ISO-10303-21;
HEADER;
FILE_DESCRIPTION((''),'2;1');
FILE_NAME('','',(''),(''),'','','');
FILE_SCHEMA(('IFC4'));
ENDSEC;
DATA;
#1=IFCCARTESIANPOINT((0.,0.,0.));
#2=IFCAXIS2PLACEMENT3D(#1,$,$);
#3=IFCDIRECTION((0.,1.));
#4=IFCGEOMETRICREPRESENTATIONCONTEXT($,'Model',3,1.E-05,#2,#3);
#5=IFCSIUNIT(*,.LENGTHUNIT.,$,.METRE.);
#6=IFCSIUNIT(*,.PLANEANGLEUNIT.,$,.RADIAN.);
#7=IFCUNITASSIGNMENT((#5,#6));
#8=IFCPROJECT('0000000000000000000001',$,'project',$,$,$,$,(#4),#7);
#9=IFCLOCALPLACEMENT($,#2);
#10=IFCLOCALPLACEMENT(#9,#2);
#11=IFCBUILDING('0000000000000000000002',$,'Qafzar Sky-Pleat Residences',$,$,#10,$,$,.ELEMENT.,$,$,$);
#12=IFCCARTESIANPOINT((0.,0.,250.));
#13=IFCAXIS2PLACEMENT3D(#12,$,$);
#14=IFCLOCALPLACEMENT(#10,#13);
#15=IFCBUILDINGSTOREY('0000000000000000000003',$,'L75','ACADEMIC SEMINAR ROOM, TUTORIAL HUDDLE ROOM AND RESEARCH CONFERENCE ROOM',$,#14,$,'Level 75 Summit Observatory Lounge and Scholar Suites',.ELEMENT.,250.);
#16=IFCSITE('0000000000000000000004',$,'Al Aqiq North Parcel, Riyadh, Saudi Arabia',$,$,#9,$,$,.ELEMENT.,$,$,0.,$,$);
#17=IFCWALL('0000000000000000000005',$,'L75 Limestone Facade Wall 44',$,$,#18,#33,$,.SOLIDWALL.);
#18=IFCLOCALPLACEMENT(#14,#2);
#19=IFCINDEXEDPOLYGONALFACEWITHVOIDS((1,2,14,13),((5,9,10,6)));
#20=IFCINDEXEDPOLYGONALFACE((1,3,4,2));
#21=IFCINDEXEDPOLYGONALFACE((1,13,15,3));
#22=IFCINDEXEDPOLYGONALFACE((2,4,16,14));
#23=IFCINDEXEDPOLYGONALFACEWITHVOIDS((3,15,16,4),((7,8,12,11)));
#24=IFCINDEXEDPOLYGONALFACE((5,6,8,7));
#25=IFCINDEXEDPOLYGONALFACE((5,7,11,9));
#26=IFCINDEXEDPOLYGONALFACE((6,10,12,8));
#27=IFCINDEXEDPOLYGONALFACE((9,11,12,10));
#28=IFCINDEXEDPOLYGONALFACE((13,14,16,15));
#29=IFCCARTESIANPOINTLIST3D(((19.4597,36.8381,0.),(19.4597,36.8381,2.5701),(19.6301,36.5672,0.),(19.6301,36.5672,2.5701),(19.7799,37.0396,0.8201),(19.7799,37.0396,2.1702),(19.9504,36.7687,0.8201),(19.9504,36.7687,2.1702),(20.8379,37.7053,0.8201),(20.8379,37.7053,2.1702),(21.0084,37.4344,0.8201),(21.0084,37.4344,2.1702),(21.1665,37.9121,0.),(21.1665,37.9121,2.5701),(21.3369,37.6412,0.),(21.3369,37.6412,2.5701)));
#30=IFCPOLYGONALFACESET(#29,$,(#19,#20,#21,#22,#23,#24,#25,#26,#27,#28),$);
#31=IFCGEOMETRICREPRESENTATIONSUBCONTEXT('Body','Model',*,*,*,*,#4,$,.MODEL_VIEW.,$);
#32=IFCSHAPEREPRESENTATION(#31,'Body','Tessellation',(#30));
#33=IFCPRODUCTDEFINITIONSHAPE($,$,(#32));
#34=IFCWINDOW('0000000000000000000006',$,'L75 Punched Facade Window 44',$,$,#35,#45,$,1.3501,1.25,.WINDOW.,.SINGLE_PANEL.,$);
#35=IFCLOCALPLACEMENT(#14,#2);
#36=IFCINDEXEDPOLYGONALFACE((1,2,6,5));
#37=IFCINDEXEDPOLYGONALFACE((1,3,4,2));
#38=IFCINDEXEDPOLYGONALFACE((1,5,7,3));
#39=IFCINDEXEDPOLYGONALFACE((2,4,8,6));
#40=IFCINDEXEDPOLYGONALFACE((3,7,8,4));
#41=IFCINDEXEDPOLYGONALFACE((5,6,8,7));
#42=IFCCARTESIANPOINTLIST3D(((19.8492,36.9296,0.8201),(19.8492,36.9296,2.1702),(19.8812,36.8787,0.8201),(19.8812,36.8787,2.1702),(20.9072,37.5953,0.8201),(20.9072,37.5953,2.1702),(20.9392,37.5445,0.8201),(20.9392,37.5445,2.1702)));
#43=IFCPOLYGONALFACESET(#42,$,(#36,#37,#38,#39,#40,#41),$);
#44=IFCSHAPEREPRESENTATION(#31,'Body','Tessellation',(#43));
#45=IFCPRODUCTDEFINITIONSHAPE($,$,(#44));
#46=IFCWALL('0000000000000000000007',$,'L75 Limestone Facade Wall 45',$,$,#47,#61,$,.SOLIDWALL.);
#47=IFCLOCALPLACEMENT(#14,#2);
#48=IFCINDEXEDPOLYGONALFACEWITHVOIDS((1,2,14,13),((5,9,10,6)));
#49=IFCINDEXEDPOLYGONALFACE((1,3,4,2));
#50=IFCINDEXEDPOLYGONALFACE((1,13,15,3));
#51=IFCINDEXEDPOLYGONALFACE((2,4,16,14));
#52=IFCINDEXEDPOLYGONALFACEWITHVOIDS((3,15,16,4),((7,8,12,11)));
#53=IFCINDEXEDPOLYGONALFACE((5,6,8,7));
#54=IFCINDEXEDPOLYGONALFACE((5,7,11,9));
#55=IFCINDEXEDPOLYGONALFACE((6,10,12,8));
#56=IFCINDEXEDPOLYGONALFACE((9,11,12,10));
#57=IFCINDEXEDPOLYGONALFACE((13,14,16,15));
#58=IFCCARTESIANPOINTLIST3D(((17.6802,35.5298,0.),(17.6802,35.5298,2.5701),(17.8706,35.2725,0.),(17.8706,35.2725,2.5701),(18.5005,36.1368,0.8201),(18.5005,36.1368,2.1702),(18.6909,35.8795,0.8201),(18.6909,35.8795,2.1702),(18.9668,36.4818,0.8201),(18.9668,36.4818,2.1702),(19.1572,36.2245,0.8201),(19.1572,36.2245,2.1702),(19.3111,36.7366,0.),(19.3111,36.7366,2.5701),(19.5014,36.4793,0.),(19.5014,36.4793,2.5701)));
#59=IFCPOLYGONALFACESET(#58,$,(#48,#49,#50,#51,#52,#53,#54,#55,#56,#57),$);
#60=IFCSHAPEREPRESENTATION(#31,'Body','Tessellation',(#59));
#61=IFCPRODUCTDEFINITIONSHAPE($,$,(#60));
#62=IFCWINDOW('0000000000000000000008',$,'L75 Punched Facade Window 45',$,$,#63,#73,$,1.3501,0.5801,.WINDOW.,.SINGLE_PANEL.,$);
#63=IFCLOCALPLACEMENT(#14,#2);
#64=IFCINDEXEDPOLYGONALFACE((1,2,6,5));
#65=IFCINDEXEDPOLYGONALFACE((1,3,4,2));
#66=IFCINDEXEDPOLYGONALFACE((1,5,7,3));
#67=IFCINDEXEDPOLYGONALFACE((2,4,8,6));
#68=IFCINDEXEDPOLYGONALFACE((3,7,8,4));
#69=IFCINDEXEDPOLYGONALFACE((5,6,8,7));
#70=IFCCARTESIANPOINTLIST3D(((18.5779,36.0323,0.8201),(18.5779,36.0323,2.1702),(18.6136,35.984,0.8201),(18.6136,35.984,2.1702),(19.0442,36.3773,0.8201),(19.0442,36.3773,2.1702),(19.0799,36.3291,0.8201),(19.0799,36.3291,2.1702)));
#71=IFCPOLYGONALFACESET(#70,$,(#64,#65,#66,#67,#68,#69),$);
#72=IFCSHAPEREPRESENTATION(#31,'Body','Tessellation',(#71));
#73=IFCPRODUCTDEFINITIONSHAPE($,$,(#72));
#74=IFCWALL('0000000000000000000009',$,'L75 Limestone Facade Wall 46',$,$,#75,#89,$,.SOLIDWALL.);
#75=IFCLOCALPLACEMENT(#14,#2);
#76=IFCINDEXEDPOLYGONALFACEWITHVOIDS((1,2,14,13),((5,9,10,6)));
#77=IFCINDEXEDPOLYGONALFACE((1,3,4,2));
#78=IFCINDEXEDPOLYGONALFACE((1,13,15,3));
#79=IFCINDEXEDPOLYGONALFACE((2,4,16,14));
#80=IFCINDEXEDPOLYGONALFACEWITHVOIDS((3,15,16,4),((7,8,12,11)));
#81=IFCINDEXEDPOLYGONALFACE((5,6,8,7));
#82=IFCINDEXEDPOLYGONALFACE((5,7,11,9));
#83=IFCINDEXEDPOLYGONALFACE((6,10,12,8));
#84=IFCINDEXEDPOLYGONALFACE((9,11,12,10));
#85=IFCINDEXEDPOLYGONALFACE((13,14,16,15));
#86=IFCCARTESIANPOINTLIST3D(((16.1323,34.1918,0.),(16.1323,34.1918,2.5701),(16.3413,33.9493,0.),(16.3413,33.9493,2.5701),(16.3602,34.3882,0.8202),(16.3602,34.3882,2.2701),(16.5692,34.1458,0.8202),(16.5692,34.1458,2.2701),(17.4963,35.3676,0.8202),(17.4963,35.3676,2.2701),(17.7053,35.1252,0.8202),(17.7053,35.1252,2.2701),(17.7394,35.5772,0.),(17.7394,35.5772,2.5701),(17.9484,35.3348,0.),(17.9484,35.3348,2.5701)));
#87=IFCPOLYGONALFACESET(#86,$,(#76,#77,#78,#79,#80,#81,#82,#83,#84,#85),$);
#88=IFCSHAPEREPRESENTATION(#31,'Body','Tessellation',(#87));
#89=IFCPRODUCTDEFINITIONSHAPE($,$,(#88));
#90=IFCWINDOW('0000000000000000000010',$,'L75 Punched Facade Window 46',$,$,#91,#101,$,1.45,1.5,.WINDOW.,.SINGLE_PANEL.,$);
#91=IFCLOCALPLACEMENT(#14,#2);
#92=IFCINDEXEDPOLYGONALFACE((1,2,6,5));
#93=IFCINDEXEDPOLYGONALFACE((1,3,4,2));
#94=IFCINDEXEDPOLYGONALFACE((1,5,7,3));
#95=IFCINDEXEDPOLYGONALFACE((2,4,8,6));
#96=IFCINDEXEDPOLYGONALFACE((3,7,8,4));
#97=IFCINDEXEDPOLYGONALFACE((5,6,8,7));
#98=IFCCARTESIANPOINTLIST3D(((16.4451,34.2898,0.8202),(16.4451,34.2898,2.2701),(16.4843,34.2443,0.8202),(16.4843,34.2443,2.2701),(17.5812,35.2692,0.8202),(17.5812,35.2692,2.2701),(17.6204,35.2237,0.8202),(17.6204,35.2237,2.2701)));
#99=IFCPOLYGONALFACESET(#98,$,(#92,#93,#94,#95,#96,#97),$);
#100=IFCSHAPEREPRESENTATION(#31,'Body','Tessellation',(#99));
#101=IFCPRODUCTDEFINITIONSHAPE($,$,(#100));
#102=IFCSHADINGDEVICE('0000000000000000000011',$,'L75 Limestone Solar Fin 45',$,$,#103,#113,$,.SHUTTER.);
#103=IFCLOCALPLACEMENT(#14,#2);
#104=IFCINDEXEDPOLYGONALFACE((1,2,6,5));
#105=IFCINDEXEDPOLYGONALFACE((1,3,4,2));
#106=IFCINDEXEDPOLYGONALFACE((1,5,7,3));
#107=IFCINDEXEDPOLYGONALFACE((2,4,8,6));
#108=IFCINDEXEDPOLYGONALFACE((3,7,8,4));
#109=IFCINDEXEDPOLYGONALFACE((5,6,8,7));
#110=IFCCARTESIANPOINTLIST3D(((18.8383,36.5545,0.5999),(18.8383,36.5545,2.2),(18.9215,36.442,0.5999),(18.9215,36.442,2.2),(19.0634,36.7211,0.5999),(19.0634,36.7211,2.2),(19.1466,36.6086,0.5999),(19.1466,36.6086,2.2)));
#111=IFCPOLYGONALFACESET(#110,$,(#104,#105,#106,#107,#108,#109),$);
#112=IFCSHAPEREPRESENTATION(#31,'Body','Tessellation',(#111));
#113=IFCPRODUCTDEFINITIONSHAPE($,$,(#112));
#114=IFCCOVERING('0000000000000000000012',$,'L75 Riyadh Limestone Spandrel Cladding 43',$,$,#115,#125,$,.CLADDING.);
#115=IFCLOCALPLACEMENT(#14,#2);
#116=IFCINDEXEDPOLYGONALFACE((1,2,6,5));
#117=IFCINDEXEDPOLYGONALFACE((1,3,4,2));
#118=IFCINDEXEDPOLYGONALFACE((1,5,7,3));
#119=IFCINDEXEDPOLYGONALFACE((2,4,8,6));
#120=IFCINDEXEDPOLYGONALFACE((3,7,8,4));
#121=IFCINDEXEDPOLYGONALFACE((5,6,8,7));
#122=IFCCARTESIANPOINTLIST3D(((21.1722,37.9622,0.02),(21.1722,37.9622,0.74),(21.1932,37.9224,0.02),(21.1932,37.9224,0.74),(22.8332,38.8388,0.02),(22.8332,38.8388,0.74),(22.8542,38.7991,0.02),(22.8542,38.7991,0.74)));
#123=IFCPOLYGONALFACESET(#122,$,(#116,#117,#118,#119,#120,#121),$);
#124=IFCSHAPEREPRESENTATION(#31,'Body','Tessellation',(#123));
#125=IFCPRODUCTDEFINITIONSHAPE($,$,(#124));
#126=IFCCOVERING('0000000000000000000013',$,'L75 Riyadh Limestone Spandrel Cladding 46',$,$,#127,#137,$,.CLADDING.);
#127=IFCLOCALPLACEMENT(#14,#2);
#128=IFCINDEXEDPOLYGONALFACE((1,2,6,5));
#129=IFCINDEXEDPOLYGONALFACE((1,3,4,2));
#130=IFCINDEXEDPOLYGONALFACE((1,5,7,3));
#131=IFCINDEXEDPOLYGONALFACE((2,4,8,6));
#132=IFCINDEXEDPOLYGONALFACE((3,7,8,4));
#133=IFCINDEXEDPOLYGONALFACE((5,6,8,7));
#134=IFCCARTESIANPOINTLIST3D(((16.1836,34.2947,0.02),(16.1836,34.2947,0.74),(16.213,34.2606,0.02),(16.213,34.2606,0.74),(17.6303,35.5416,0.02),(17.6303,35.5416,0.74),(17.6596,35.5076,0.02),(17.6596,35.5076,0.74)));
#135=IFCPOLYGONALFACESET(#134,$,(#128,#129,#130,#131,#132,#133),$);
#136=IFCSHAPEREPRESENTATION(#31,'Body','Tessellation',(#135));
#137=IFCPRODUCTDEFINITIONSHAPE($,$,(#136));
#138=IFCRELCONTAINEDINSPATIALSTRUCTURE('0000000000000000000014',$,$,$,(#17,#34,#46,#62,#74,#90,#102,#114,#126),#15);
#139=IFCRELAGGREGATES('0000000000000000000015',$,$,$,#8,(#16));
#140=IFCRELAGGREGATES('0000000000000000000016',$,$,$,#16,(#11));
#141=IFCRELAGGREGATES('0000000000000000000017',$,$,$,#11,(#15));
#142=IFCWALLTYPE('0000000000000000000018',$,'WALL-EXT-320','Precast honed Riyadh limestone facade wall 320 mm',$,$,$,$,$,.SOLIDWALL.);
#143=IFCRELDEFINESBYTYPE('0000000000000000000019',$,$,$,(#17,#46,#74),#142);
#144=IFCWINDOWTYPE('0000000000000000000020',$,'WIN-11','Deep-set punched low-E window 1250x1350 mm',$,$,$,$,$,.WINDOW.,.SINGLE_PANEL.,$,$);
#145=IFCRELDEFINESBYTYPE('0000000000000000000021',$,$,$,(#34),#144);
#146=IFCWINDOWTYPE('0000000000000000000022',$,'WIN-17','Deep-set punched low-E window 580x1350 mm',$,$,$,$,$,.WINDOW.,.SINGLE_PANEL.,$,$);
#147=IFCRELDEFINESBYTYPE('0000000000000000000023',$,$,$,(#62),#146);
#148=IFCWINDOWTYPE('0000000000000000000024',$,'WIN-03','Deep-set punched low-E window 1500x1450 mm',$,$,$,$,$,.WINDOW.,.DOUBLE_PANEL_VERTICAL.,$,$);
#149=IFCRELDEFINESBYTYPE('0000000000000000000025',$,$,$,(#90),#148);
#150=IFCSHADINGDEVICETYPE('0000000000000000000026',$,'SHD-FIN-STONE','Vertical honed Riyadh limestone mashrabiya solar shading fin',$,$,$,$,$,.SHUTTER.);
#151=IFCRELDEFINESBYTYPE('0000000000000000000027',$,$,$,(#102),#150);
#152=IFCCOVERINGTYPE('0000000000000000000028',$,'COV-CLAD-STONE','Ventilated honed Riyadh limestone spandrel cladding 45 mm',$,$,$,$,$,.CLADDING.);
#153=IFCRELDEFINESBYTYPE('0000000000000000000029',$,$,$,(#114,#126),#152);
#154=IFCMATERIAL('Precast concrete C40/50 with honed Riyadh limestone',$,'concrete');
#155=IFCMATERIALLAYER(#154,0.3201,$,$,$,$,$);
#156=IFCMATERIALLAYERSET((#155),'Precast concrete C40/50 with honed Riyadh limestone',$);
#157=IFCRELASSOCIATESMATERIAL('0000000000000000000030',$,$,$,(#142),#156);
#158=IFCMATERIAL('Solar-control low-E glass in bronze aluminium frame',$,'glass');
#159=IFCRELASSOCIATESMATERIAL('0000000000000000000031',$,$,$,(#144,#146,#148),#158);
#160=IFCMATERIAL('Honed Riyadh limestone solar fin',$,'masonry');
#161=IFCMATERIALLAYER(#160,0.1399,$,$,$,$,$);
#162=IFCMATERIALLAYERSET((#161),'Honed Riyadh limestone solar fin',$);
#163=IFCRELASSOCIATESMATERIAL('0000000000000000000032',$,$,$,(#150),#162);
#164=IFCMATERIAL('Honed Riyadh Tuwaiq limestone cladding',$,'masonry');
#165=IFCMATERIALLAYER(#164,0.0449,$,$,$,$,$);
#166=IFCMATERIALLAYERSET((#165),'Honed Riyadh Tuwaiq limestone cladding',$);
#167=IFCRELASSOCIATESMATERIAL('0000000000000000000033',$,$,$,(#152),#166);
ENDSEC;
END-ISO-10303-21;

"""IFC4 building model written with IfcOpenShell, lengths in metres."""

from ifc_helpers import new_model, si_unit, direction, frame, frame_2d, origin, origin_2d, place, context, subcontext, project, spatial, rectangle, extrude, source, transform, mapped, material, layer, layer_set, type_object, element, fill, save


model = new_model("IFC4")

# Units and contexts
model_context = context("Model", 3, precision=1e-05, world=origin(), true_north=direction((0.0, 1.0)))
body_context = subcontext(model_context, "Body", "Model", "MODEL_VIEW")
ifc_project = project(units=[si_unit("LENGTHUNIT", "METRE"), si_unit("PLANEANGLEUNIT", "RADIAN")], contexts=[model_context])

# Site, building, storey
site_placement = place(None, origin())
site = spatial("IfcSite", under=ifc_project, at=site_placement, Name="Al Aqiq North Parcel, Riyadh, Saudi Arabia", CompositionType="ELEMENT", RefElevation=0.0)
building_placement = place(site_placement, origin())
building = spatial("IfcBuilding", under=site, at=building_placement, Name="Qafzar Sky-Pleat Residences", CompositionType="ELEMENT")
storey_placement = place(building_placement, frame((0.0, 0.0, 250.0)))
storey = spatial("IfcBuildingStorey", under=building, at=storey_placement, Name="L75", Description="ACADEMIC SEMINAR ROOM, TUTORIAL HUDDLE ROOM AND RESEARCH CONFERENCE ROOM", LongName="Level 75 Summit Observatory Lounge and Scholar Suites", CompositionType="ELEMENT", Elevation=250.0)

# Walls, openings, windows
ifc_material_1 = material(Name="Precast concrete C40/50 with honed Riyadh limestone", Category="concrete")
ifc_layer_1 = layer(ifc_material_1, 0.3201)
ifc_layer_set_1 = layer_set([ifc_layer_1], Name="Precast concrete C40/50 with honed Riyadh limestone")
wall_type_1 = type_object("IfcWallType", Name="WALL-EXT-320", Description="Precast honed Riyadh limestone facade wall 320 mm", PredefinedType="SOLIDWALL", material=ifc_layer_set_1)
wall_1_placement = place(storey_placement, frame((21.2517, 37.7766, 0.0), z_axis=(0.0, 0.0, 1.0), x_axis=(-0.846382, -0.532576, 0.0)))
wall_1 = element("IfcWall", 1, at=wall_1_placement, inside=storey, type_object=wall_type_1, Name="L75 Limestone Facade Wall 44", PredefinedType="SOLIDWALL", context=body_context, shape_type="SweptSolid", body=[
    extrude(rectangle(XDim=2.0166, YDim=0.3201, at=frame_2d((1.0083, 0.0))), origin(), (0.0, 0.0, 1.0), 2.5701),
])
opening_1_placement = place(wall_1_placement, frame((0.3882, 0.0, 0.8201)))
opening_1 = element("IfcOpeningElement", 2, at=opening_1_placement, cuts=wall_1, PredefinedType="OPENING", context=body_context, shape_type="SweptSolid", body=[
    extrude(rectangle(XDim=1.25, YDim=1.3501, at=frame_2d((0.625, 0.675))), frame((0.0, 0.1699, 0.0), z_axis=(0.0, -1.0, 0.0), x_axis=(1.0, 0.0, 0.0)), (0.0, 0.0, 1.0), 0.3401),
])
ifc_material_2 = material(Name="Solar-control low-E glass in bronze aluminium frame", Category="glass")
window_type_1 = type_object("IfcWindowType", Name="WIN-11", Description="Deep-set punched low-E window 1250x1350 mm", PartitioningType="SINGLE_PANEL", PredefinedType="WINDOW", material=ifc_material_2)
shared_shape_1 = source(origin(), body_context, "Body", "SweptSolid", [
    extrude(rectangle(XDim=1.25, YDim=1.3501, at=frame_2d((0.625, 0.675))), frame((0.0, 0.03, 0.0), z_axis=(0.0, -1.0, 0.0), x_axis=(1.0, 0.0, 0.0)), (0.0, 0.0, 1.0), 0.0601),
])
window_1_placement = place(opening_1_placement, origin())
window_1 = element("IfcWindow", 3, at=window_1_placement, inside=storey, type_object=window_type_1, Name="L75 Punched Facade Window 44", OverallHeight=1.3501, OverallWidth=1.25, PartitioningType="SINGLE_PANEL", PredefinedType="WINDOW", context=body_context, shape_type="MappedRepresentation", body=[
    mapped(shared_shape_1, transform((0.0, 0.0, 0.0), x_axis=(1.0, 0.0, 0.0), y_axis=(0.0, 1.0, 0.0), z_axis=(0.0, 0.0, 1.0), scale=1.0)),
])
fill(opening_1, window_1)
wall_2_placement = place(storey_placement, frame((19.4062, 36.6079, 0.0), z_axis=(0.0, 0.0, 1.0), x_axis=(-0.803853, -0.594827, 0.0)))
wall_2 = element("IfcWall", 4, at=wall_2_placement, inside=storey, type_object=wall_type_1, Name="L75 Limestone Facade Wall 45", PredefinedType="SOLIDWALL", context=body_context, shape_type="SweptSolid", body=[
    extrude(rectangle(XDim=2.0288, YDim=0.3201, at=frame_2d((1.0144, 0.0))), origin(), (0.0, 0.0, 1.0), 2.5701),
])
opening_2_placement = place(wall_2_placement, frame((0.4282, 0.0, 0.8201)))
opening_2 = element("IfcOpeningElement", 5, at=opening_2_placement, cuts=wall_2, PredefinedType="OPENING", context=body_context, shape_type="SweptSolid", body=[
    extrude(rectangle(XDim=0.5801, YDim=1.3501, at=frame_2d((0.29, 0.675))), frame((0.0, 0.1699, 0.0), z_axis=(0.0, -1.0, 0.0), x_axis=(1.0, 0.0, 0.0)), (0.0, 0.0, 1.0), 0.3401),
])
window_type_2 = type_object("IfcWindowType", Name="WIN-17", Description="Deep-set punched low-E window 580x1350 mm", PartitioningType="SINGLE_PANEL", PredefinedType="WINDOW", material=ifc_material_2)
shared_shape_2 = source(origin(), body_context, "Body", "SweptSolid", [
    extrude(rectangle(XDim=0.5801, YDim=1.3501, at=frame_2d((0.29, 0.675))), frame((0.0, 0.03, 0.0), z_axis=(0.0, -1.0, 0.0), x_axis=(1.0, 0.0, 0.0)), (0.0, 0.0, 1.0), 0.0601),
])
window_2_placement = place(opening_2_placement, origin())
window_2 = element("IfcWindow", 6, at=window_2_placement, inside=storey, type_object=window_type_2, Name="L75 Punched Facade Window 45", OverallHeight=1.3501, OverallWidth=0.5801, PartitioningType="SINGLE_PANEL", PredefinedType="WINDOW", context=body_context, shape_type="MappedRepresentation", body=[
    mapped(shared_shape_2, transform((0.0, 0.0, 0.0), x_axis=(1.0, 0.0, 0.0), y_axis=(0.0, 1.0, 0.0), z_axis=(0.0, 0.0, 1.0), scale=1.0)),
])
fill(opening_2, window_2)
wall_3_placement = place(storey_placement, frame((17.844, 35.4561, 0.0), z_axis=(0.0, 0.0, 1.0), x_axis=(-0.75741, -0.65294, 0.0)))
wall_3 = element("IfcWall", 7, at=wall_3_placement, inside=storey, type_object=wall_type_1, Name="L75 Limestone Facade Wall 46", PredefinedType="SOLIDWALL", context=body_context, shape_type="SweptSolid", body=[
    extrude(rectangle(XDim=2.1218, YDim=0.3201, at=frame_2d((1.061, 0.0))), origin(), (0.0, 0.0, 1.0), 2.5701),
])
opening_3_placement = place(wall_3_placement, frame((0.321, 0.0, 0.8201)))
opening_3 = element("IfcOpeningElement", 8, at=opening_3_placement, cuts=wall_3, PredefinedType="OPENING", context=body_context, shape_type="SweptSolid", body=[
    extrude(rectangle(XDim=1.5, YDim=1.45, at=frame_2d((0.75, 0.7251))), frame((0.0, 0.1699, 0.0), z_axis=(0.0, -1.0, 0.0), x_axis=(1.0, 0.0, 0.0)), (0.0, 0.0, 1.0), 0.3401),
])
window_type_3 = type_object("IfcWindowType", Name="WIN-03", Description="Deep-set punched low-E window 1500x1450 mm", PartitioningType="DOUBLE_PANEL_VERTICAL", PredefinedType="WINDOW", material=ifc_material_2)
shared_shape_3 = source(origin(), body_context, "Body", "SweptSolid", [
    extrude(rectangle(XDim=1.5, YDim=1.45, at=frame_2d((0.75, 0.7251))), frame((0.0, 0.03, 0.0), z_axis=(0.0, -1.0, 0.0), x_axis=(1.0, 0.0, 0.0)), (0.0, 0.0, 1.0), 0.0601),
])
window_3_placement = place(opening_3_placement, origin())
window_3 = element("IfcWindow", 9, at=window_3_placement, inside=storey, type_object=window_type_3, Name="L75 Punched Facade Window 46", OverallHeight=1.45, OverallWidth=1.5, PartitioningType="SINGLE_PANEL", PredefinedType="WINDOW", context=body_context, shape_type="MappedRepresentation", body=[
    mapped(shared_shape_3, transform((0.0, 0.0, 0.0), x_axis=(1.0, 0.0, 0.0), y_axis=(0.0, 1.0, 0.0), z_axis=(0.0, 0.0, 1.0), scale=1.0)),
])
fill(opening_3, window_3)

# Shading device
ifc_material_3 = material(Name="Honed Riyadh limestone solar fin", Category="masonry")
ifc_layer_2 = layer(ifc_material_3, 0.1399)
ifc_layer_set_2 = layer_set([ifc_layer_2], Name="Honed Riyadh limestone solar fin")
shading_device_type = type_object("IfcShadingDeviceType", Name="SHD-FIN-STONE", Description="Vertical honed Riyadh limestone mashrabiya solar shading fin", PredefinedType="SHUTTER", material=ifc_layer_set_2)
shared_shape_4 = source(origin(), body_context, "Body", "SweptSolid", [
    extrude(rectangle(XDim=0.1399, YDim=0.28, at=origin_2d()), origin(), (0.0, 0.0, 1.0), 1.6001),
])
shading_device_placement = place(storey_placement, frame((18.9924, 36.5815, 0.5999), z_axis=(0.0, 0.0, 1.0), x_axis=(-0.594859, 0.80383, 0.0)))
element("IfcShadingDevice", 10, at=shading_device_placement, inside=storey, type_object=shading_device_type, Name="L75 Limestone Solar Fin 45", PredefinedType="SHUTTER", context=body_context, shape_type="MappedRepresentation", body=[
    mapped(shared_shape_4, transform((0.0, 0.0, 0.0), x_axis=(1.0, 0.0, 0.0), y_axis=(0.0, 1.0, 0.0), z_axis=(0.0, 0.0, 1.0), scale=1.0)),
])

# Coverings
ifc_material_4 = material(Name="Honed Riyadh Tuwaiq limestone cladding", Category="masonry")
ifc_layer_3 = layer(ifc_material_4, 0.0449)
ifc_layer_set_3 = layer_set([ifc_layer_3], Name="Honed Riyadh Tuwaiq limestone cladding")
covering_type = type_object("IfcCoveringType", Name="COV-CLAD-STONE", Description="Ventilated honed Riyadh limestone spandrel cladding 45 mm", PredefinedType="CLADDING", material=ifc_layer_set_3)
shared_shape_5 = source(origin(), body_context, "Body", "SweptSolid", [
    extrude(rectangle(XDim=1.8782, YDim=0.0449, at=origin_2d()), origin(), (0.0, 0.0, 1.0), 0.72),
])
covering_1_placement = place(storey_placement, frame((22.0132, 38.3806, 0.02), z_axis=(0.0, 0.0, 1.0), x_axis=(-0.884388, -0.466753, 0.0)))
element("IfcCovering", 11, at=covering_1_placement, inside=storey, type_object=covering_type, Name="L75 Riyadh Limestone Spandrel Cladding 43", PredefinedType="CLADDING", context=body_context, shape_type="MappedRepresentation", body=[
    mapped(shared_shape_5, transform((0.0, 0.0, 0.0), x_axis=(1.0, 0.0, 0.0), y_axis=(0.0, 1.0, 0.0), z_axis=(0.0, 0.0, 1.0), scale=1.0)),
])
shared_shape_6 = source(origin(), body_context, "Body", "SweptSolid", [
    extrude(rectangle(XDim=1.9099, YDim=0.0449, at=origin_2d()), origin(), (0.0, 0.0, 1.0), 0.72),
])
covering_2_placement = place(storey_placement, frame((16.9216, 34.9011, 0.02), z_axis=(0.0, 0.0, 1.0), x_axis=(-0.757454, -0.652888, 0.0)))
element("IfcCovering", 12, at=covering_2_placement, inside=storey, type_object=covering_type, Name="L75 Riyadh Limestone Spandrel Cladding 46", PredefinedType="CLADDING", context=body_context, shape_type="MappedRepresentation", body=[
    mapped(shared_shape_6, transform((0.0, 0.0, 0.0), x_axis=(1.0, 0.0, 0.0), y_axis=(0.0, 1.0, 0.0), z_axis=(0.0, 0.0, 1.0), scale=1.0)),
])

save(model, "model.ifc")
